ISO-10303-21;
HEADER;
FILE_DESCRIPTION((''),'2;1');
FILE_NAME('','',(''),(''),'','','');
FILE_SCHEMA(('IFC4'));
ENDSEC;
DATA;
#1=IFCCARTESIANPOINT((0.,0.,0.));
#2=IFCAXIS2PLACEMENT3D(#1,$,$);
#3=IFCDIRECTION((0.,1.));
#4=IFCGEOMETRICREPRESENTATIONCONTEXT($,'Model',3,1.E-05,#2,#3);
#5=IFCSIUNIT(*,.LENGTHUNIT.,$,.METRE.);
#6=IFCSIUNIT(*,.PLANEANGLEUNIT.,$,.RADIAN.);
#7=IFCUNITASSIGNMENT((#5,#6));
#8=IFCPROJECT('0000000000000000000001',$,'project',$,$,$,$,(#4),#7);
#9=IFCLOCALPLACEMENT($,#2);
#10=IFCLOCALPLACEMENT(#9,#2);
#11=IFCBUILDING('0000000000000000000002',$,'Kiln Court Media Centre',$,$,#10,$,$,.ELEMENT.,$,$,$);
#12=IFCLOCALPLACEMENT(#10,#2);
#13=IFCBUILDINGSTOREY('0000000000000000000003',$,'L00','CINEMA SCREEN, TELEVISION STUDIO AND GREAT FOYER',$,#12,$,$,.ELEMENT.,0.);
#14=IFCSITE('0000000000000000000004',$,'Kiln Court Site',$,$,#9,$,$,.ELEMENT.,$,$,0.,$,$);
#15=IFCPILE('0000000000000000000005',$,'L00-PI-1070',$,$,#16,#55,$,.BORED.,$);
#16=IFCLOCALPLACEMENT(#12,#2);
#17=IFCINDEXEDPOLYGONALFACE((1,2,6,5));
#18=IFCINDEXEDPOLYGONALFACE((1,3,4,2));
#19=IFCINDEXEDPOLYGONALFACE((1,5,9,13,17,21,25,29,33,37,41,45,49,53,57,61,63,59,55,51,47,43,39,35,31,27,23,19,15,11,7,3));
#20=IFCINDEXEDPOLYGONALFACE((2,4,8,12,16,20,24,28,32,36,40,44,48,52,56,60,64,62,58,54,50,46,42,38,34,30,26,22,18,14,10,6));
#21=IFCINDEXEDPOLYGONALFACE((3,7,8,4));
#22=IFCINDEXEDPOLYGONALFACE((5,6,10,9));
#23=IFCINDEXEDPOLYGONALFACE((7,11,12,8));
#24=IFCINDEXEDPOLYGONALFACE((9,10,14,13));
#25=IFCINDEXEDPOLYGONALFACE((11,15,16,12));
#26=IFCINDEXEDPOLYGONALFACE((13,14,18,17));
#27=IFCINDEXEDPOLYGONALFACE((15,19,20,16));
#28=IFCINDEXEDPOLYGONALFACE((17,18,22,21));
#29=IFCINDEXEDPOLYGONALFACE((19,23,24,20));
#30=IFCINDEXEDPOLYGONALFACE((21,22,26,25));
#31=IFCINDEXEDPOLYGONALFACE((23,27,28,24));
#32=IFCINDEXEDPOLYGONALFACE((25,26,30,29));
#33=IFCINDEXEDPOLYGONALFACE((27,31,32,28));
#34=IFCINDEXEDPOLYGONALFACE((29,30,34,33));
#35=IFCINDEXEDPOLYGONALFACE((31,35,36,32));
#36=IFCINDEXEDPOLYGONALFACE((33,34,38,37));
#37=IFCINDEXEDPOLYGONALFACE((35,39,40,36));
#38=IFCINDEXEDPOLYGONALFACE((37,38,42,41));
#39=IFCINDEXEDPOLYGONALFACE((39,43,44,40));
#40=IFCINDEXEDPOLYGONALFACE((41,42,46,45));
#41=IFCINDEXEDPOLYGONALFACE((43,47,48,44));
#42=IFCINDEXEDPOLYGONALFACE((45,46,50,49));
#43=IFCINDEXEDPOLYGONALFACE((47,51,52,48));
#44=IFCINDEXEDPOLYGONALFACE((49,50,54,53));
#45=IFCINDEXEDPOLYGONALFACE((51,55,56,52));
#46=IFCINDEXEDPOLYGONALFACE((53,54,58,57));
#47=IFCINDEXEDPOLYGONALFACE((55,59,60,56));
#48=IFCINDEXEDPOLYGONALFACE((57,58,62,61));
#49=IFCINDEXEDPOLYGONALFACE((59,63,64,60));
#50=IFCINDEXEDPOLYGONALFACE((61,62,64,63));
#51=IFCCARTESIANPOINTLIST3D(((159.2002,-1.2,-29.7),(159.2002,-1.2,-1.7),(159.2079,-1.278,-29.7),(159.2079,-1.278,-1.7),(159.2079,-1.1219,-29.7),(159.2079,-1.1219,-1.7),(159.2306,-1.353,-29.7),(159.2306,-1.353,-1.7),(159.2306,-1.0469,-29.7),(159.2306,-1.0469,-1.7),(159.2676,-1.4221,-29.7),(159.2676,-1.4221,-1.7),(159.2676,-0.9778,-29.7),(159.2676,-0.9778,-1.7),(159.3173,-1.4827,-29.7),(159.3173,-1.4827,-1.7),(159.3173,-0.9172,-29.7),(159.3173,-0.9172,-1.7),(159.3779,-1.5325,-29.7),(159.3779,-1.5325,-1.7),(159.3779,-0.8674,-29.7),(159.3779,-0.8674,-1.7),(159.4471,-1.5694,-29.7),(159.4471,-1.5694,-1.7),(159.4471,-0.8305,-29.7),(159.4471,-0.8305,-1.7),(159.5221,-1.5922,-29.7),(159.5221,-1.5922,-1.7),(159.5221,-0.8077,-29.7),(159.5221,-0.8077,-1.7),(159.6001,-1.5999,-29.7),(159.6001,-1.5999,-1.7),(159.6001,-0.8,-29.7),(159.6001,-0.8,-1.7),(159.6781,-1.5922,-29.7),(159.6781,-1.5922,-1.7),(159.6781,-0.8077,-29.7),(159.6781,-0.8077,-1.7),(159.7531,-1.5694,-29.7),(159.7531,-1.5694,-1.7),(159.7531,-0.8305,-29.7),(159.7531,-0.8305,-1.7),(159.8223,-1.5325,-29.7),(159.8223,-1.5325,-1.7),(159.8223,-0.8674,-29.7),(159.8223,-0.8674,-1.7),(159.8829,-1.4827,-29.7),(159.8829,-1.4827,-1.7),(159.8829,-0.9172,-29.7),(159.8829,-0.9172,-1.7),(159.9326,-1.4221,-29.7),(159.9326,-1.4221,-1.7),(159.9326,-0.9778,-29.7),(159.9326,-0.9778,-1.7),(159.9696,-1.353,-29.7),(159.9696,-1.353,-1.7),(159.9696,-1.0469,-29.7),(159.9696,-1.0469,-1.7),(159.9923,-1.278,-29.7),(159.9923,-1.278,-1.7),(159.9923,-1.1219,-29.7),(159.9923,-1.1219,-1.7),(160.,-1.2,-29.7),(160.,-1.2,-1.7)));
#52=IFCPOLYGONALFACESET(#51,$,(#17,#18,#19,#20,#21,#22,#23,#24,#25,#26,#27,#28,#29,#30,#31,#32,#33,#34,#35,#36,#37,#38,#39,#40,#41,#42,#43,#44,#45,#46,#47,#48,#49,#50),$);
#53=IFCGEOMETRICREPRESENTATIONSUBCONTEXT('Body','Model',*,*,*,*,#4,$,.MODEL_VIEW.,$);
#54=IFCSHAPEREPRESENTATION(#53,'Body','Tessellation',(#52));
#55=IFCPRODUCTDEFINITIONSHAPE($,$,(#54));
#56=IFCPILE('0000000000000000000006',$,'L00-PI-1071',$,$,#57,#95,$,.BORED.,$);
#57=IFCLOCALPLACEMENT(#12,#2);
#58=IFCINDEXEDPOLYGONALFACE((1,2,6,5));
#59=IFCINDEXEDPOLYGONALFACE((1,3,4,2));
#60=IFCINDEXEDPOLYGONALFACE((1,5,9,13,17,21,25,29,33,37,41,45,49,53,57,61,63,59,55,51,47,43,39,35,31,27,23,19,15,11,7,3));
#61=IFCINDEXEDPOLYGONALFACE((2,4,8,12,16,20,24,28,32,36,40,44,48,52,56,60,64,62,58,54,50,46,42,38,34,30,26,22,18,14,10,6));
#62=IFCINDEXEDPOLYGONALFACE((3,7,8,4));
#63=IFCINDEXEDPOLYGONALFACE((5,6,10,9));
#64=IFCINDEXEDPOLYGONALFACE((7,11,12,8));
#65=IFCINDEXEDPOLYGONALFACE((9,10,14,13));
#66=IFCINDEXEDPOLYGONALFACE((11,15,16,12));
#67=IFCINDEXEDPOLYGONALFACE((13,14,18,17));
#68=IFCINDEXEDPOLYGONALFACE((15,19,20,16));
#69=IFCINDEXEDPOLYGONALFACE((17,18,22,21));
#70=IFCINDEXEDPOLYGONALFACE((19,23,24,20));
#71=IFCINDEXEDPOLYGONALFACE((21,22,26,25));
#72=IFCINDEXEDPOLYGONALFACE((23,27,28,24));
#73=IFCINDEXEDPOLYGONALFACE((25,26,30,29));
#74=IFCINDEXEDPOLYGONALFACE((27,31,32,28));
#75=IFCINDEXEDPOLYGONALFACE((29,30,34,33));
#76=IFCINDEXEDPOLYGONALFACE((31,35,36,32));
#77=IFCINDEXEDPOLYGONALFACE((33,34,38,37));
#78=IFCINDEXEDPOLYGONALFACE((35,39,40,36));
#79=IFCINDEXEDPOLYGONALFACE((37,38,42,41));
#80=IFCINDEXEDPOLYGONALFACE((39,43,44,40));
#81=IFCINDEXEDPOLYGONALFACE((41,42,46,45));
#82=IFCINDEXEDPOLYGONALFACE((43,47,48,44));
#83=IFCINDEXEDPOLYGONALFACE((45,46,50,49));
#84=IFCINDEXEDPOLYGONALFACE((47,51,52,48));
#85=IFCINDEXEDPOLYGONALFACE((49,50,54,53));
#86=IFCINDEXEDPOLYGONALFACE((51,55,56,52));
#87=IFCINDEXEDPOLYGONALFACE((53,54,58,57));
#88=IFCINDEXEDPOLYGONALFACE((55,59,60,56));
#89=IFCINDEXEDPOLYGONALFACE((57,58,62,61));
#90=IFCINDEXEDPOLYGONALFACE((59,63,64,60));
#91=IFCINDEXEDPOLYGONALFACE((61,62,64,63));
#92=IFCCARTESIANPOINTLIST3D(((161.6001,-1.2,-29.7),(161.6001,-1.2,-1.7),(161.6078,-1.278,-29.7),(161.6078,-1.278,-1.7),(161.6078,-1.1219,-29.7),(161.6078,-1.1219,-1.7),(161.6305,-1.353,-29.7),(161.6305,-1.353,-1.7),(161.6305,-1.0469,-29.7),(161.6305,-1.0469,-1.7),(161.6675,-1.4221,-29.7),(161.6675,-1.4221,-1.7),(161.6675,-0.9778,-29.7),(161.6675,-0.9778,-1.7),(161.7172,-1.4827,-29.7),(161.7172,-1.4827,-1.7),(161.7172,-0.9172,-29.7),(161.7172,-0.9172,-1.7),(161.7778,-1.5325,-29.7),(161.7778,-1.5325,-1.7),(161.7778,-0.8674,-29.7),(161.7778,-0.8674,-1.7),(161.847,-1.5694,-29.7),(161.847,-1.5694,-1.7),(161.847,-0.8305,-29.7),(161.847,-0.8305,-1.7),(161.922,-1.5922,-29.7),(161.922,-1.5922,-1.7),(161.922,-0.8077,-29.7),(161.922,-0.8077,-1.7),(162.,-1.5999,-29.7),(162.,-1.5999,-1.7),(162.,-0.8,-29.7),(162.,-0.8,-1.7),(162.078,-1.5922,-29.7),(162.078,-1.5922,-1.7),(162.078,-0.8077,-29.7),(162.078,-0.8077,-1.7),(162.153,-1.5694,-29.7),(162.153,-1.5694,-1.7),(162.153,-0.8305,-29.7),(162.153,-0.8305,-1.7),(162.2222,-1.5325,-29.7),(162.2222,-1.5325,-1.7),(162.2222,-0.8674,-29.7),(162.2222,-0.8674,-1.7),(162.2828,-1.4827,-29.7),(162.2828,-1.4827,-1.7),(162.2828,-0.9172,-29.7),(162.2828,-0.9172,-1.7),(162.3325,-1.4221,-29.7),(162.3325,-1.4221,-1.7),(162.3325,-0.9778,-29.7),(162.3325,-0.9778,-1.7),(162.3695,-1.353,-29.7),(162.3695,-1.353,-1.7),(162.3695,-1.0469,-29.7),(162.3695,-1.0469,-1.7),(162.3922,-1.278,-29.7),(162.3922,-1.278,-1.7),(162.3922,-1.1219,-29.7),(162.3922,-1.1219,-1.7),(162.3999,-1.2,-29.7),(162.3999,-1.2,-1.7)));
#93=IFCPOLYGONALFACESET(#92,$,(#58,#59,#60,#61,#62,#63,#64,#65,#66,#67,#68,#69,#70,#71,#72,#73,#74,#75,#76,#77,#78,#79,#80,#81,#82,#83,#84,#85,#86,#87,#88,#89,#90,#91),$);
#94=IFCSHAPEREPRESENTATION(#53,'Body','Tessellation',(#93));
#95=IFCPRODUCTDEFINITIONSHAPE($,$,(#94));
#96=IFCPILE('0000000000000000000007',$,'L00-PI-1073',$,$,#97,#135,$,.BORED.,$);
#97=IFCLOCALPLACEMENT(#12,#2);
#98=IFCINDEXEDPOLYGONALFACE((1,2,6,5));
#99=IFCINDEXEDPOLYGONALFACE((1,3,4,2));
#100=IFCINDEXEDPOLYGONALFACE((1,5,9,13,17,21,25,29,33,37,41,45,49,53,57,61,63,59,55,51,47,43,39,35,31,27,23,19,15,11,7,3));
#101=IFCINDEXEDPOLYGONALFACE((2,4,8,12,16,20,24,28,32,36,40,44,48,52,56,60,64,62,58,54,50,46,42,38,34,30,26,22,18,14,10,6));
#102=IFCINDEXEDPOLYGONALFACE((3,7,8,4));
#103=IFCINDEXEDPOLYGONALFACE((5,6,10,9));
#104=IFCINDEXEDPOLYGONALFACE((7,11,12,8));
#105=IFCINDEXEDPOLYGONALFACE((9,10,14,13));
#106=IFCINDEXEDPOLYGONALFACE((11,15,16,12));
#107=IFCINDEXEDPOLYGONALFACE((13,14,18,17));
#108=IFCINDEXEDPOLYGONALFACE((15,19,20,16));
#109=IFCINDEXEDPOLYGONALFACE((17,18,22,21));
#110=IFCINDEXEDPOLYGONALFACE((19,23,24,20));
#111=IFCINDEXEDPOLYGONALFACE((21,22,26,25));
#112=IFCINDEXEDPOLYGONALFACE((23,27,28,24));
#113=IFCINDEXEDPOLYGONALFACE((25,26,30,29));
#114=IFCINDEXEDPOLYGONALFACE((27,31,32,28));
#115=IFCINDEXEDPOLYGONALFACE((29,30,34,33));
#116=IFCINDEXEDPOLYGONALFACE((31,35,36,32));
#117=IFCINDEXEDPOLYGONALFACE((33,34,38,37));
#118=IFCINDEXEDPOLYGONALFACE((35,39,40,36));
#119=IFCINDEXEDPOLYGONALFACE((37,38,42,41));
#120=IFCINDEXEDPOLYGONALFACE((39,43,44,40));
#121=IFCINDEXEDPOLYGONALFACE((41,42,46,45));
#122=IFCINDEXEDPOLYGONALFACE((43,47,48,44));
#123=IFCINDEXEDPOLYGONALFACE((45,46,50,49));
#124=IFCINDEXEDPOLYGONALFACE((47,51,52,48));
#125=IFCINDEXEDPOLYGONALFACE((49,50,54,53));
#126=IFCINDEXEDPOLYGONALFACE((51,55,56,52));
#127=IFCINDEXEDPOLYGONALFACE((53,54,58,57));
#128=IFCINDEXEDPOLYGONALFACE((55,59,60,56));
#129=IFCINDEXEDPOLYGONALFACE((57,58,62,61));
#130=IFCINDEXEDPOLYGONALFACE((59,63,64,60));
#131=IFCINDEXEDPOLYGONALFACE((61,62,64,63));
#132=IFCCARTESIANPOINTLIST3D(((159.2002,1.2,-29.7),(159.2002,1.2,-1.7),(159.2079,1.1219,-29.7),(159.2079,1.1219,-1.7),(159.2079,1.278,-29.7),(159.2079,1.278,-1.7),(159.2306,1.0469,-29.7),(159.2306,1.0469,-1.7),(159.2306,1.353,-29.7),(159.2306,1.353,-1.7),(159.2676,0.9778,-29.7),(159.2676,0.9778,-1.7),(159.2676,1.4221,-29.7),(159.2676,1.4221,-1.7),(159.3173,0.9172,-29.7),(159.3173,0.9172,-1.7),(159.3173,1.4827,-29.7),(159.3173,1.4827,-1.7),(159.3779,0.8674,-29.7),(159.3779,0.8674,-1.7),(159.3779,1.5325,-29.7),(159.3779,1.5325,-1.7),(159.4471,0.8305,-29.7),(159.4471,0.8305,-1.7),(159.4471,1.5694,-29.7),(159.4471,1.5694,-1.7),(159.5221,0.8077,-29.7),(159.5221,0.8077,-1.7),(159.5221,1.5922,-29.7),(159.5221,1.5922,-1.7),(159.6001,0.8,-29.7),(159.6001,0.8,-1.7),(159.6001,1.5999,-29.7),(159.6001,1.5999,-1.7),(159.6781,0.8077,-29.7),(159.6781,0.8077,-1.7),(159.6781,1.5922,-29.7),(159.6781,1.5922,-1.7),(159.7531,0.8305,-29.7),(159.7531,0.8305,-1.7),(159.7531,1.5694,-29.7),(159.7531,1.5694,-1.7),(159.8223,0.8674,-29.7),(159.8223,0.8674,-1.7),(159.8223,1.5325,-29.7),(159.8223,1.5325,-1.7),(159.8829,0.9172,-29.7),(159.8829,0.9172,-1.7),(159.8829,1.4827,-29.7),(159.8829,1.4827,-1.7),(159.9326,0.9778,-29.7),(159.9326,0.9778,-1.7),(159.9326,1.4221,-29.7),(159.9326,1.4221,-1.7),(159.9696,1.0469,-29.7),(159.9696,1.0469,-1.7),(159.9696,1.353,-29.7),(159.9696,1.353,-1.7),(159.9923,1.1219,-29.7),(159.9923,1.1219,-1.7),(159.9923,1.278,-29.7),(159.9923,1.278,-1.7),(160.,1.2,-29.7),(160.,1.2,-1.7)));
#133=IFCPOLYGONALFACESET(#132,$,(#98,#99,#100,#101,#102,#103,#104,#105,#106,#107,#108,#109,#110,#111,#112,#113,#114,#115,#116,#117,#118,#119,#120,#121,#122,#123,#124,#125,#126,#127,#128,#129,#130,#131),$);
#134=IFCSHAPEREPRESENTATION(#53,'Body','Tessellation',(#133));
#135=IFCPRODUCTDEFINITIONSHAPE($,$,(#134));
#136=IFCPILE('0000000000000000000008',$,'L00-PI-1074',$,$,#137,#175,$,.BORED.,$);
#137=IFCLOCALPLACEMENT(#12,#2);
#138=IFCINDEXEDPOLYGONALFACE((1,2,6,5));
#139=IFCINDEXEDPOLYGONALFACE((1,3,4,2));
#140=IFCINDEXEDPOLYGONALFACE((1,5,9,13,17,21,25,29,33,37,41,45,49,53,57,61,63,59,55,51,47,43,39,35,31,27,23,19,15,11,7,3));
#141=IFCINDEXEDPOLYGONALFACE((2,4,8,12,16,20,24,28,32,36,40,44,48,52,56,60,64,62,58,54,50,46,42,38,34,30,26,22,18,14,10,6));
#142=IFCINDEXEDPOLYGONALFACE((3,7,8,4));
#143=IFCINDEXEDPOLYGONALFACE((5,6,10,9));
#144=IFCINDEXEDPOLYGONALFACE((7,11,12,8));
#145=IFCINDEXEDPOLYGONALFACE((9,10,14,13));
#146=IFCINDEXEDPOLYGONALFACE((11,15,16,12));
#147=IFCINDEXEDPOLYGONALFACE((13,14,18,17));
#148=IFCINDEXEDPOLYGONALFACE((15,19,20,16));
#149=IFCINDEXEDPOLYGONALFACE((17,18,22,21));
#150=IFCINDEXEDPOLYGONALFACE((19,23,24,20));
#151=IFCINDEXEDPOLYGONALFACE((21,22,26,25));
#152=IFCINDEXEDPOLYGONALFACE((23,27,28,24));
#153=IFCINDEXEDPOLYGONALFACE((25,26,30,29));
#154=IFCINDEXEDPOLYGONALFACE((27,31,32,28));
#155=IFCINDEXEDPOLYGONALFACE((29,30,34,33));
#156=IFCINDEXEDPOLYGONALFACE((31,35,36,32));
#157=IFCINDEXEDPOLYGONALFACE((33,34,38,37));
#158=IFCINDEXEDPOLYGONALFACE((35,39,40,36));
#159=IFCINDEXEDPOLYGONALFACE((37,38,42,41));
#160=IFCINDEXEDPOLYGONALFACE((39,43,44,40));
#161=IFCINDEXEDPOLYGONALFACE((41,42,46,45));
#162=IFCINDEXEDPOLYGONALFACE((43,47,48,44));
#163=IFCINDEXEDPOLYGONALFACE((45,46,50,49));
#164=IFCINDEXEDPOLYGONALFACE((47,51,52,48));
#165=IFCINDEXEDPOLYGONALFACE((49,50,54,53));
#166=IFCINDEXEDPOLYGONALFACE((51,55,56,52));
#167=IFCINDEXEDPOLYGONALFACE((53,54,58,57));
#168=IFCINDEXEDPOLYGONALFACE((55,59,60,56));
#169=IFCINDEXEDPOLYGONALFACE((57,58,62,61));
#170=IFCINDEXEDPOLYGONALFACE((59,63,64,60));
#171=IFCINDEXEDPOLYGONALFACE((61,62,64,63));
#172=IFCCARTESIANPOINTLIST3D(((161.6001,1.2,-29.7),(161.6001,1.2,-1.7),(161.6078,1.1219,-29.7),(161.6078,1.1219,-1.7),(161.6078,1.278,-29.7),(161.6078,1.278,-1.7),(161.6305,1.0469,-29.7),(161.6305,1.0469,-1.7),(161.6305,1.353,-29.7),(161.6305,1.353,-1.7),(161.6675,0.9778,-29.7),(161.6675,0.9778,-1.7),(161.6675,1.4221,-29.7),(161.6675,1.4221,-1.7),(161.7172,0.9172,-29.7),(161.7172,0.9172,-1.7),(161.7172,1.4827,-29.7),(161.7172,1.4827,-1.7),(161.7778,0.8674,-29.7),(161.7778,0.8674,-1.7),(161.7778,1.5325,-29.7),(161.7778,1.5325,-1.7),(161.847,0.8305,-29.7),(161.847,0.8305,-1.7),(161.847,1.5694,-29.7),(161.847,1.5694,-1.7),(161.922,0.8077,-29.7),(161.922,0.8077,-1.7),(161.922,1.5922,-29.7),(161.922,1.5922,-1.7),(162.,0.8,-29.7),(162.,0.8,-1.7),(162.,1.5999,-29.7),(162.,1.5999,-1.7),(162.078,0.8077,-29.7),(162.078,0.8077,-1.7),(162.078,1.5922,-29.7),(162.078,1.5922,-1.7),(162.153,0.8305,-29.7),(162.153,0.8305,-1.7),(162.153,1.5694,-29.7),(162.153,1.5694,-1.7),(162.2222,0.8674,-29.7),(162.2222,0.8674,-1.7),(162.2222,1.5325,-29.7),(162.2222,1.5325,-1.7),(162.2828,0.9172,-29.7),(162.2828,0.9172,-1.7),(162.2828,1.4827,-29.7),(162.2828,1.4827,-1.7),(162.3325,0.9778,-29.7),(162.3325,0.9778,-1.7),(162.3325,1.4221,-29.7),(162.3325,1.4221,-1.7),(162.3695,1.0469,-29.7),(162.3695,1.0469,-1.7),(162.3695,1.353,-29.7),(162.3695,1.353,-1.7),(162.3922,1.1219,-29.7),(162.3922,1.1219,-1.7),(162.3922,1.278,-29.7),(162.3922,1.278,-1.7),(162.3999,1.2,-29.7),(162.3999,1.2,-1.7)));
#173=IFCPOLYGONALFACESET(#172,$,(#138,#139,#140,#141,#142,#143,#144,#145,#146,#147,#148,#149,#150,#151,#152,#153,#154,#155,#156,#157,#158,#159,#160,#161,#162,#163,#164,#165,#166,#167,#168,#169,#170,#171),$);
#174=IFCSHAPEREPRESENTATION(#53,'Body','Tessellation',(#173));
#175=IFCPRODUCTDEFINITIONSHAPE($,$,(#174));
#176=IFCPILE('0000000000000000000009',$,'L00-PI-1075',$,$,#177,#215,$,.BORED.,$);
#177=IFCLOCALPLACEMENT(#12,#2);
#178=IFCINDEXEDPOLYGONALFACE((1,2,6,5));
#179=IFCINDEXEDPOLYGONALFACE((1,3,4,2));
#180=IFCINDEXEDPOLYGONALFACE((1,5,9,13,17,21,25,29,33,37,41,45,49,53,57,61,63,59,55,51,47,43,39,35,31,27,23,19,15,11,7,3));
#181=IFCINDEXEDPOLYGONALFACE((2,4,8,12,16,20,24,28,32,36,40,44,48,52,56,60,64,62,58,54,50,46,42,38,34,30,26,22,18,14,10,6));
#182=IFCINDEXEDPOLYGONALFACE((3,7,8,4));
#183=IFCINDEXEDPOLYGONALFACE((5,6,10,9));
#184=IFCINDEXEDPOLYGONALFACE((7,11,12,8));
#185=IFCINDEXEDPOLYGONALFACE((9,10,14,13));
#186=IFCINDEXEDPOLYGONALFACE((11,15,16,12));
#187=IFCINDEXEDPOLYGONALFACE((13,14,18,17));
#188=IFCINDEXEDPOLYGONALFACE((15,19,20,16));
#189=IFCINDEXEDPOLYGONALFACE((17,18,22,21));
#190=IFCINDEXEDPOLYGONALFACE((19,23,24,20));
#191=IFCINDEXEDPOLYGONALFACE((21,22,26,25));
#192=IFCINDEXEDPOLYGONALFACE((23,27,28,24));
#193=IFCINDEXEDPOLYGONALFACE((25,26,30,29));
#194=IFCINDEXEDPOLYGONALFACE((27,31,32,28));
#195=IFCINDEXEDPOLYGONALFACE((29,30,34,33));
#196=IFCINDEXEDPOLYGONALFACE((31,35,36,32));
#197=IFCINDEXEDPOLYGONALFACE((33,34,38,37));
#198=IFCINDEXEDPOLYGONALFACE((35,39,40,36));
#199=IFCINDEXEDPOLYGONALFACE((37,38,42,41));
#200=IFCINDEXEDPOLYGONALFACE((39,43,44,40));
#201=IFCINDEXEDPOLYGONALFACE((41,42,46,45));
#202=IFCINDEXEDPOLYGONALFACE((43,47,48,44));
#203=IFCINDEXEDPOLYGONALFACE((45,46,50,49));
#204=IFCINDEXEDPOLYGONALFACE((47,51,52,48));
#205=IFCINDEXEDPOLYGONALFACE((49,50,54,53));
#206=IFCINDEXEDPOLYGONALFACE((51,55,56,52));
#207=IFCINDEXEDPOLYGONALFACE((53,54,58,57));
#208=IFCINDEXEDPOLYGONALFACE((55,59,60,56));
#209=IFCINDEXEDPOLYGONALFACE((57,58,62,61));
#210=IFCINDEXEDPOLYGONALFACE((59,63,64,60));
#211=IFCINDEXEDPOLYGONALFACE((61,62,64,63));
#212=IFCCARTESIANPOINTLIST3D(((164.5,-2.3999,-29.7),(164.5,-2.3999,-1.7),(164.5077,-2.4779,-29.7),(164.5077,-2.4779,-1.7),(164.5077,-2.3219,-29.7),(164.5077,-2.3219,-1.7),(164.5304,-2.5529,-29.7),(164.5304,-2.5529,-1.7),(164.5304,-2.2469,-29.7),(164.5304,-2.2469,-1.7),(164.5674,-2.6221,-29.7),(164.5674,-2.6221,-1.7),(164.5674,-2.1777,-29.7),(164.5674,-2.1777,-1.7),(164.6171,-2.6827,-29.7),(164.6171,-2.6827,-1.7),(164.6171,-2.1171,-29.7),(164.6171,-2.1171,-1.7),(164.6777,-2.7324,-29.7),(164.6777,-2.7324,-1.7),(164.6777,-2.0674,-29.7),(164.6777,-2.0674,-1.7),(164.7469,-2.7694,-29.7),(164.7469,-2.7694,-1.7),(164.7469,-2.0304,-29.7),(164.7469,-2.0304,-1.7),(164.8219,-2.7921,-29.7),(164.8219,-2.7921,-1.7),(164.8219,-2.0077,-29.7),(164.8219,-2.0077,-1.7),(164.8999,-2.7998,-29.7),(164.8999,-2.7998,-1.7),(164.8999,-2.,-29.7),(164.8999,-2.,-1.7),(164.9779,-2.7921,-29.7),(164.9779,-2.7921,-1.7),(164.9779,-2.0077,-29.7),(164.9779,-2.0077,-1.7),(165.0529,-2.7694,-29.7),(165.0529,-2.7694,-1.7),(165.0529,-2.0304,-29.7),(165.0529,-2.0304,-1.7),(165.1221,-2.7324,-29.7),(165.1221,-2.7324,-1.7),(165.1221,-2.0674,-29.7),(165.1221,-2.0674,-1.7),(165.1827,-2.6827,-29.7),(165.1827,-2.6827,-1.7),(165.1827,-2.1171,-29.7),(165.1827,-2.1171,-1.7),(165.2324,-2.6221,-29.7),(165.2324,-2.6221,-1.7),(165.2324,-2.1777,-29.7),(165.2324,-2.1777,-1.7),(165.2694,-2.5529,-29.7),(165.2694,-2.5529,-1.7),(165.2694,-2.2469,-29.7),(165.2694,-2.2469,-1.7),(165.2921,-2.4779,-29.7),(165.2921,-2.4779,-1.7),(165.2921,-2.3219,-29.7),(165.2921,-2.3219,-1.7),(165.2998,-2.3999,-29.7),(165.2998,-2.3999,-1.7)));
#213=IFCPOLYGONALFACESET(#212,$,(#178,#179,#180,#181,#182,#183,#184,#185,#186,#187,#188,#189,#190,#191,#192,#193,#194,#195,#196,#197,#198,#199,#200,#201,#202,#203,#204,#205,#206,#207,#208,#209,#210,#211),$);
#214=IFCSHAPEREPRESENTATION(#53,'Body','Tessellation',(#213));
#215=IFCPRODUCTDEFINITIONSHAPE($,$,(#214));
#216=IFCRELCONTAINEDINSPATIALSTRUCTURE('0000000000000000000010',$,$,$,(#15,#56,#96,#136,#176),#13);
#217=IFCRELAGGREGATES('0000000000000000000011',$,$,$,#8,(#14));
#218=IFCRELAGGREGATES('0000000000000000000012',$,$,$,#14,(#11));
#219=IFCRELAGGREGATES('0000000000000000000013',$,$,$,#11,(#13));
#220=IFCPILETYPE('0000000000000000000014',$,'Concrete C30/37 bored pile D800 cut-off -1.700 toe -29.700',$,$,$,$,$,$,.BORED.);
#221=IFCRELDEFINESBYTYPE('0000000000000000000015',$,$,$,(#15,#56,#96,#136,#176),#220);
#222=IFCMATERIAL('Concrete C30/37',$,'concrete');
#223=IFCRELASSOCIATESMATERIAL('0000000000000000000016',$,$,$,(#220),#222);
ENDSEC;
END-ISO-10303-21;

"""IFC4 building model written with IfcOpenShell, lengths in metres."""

from ifc_helpers import new_model, si_unit, direction, frame, origin, origin_2d, place, context, subcontext, project, spatial, circle, extrude, material, material_profile, profile_set, type_object, element, save


model = new_model("IFC4")

# Units and contexts
model_context = context("Model", 3, precision=1e-05, world=origin(), true_north=direction((0.0, 1.0)))
body_context = subcontext(model_context, "Body", "Model", "MODEL_VIEW")
ifc_project = project(units=[si_unit("LENGTHUNIT", "METRE"), si_unit("PLANEANGLEUNIT", "RADIAN")], contexts=[model_context])

# Site, building, storey
site_placement = place(None, origin())
site = spatial("IfcSite", under=ifc_project, at=site_placement, Name="Kiln Court Site", CompositionType="ELEMENT", RefElevation=0.0)
building_placement = place(site_placement, origin())
building = spatial("IfcBuilding", under=site, at=building_placement, Name="Kiln Court Media Centre", CompositionType="ELEMENT")
storey_placement = place(building_placement, origin())
storey = spatial("IfcBuildingStorey", under=building, at=storey_placement, Name="L00", Description="CINEMA SCREEN, TELEVISION STUDIO AND GREAT FOYER", CompositionType="ELEMENT", Elevation=0.0)

# Piles
ifc_material_1 = material(Name="Concrete C30/37", Category="concrete")
ifc_material_profile_1 = material_profile(ifc_material_1, circle(Radius=0.3999, at=origin_2d()), Name="PILE D800")
ifc_profile_set_1 = profile_set([ifc_material_profile_1], Name="Concrete C30/37")
pile_type = type_object("IfcPileType", Name="Concrete C30/37 bored pile D800 cut-off -1.700 toe -29.700", PredefinedType="BORED", material=ifc_profile_set_1)
for number, where, z_axis, x_axis, name in (
    (1, (159.6001, -1.2, -1.7), (0.0, 0.0, -1.0), (1.0, 0.0, 0.0), "L00-PI-1070"),
    (2, (162.0, -1.2, -1.7), (0.0, 0.0, -1.0), (1.0, 0.0, 0.0), "L00-PI-1071"),
    (3, (159.6001, 1.2, -1.7), (0.0, 0.0, -1.0), (1.0, 0.0, 0.0), "L00-PI-1073"),
    (4, (162.0, 1.2, -1.7), (0.0, 0.0, -1.0), (1.0, 0.0, 0.0), "L00-PI-1074"),
    (5, (164.8999, -2.3999, -1.7), (0.0, 0.0, -1.0), (1.0, 0.0, 0.0), "L00-PI-1075"),
):
    element("IfcPile", number, at=place(storey_placement, frame(where, z_axis=z_axis, x_axis=x_axis)), inside=storey, type_object=pile_type, Name=name, PredefinedType="BORED", context=body_context, shape_type="SweptSolid", body=[
        extrude(circle(Radius=0.3999, at=origin_2d()), origin(), (0.0, 0.0, 1.0), 28.0),
    ])

save(model, "model.ifc")
